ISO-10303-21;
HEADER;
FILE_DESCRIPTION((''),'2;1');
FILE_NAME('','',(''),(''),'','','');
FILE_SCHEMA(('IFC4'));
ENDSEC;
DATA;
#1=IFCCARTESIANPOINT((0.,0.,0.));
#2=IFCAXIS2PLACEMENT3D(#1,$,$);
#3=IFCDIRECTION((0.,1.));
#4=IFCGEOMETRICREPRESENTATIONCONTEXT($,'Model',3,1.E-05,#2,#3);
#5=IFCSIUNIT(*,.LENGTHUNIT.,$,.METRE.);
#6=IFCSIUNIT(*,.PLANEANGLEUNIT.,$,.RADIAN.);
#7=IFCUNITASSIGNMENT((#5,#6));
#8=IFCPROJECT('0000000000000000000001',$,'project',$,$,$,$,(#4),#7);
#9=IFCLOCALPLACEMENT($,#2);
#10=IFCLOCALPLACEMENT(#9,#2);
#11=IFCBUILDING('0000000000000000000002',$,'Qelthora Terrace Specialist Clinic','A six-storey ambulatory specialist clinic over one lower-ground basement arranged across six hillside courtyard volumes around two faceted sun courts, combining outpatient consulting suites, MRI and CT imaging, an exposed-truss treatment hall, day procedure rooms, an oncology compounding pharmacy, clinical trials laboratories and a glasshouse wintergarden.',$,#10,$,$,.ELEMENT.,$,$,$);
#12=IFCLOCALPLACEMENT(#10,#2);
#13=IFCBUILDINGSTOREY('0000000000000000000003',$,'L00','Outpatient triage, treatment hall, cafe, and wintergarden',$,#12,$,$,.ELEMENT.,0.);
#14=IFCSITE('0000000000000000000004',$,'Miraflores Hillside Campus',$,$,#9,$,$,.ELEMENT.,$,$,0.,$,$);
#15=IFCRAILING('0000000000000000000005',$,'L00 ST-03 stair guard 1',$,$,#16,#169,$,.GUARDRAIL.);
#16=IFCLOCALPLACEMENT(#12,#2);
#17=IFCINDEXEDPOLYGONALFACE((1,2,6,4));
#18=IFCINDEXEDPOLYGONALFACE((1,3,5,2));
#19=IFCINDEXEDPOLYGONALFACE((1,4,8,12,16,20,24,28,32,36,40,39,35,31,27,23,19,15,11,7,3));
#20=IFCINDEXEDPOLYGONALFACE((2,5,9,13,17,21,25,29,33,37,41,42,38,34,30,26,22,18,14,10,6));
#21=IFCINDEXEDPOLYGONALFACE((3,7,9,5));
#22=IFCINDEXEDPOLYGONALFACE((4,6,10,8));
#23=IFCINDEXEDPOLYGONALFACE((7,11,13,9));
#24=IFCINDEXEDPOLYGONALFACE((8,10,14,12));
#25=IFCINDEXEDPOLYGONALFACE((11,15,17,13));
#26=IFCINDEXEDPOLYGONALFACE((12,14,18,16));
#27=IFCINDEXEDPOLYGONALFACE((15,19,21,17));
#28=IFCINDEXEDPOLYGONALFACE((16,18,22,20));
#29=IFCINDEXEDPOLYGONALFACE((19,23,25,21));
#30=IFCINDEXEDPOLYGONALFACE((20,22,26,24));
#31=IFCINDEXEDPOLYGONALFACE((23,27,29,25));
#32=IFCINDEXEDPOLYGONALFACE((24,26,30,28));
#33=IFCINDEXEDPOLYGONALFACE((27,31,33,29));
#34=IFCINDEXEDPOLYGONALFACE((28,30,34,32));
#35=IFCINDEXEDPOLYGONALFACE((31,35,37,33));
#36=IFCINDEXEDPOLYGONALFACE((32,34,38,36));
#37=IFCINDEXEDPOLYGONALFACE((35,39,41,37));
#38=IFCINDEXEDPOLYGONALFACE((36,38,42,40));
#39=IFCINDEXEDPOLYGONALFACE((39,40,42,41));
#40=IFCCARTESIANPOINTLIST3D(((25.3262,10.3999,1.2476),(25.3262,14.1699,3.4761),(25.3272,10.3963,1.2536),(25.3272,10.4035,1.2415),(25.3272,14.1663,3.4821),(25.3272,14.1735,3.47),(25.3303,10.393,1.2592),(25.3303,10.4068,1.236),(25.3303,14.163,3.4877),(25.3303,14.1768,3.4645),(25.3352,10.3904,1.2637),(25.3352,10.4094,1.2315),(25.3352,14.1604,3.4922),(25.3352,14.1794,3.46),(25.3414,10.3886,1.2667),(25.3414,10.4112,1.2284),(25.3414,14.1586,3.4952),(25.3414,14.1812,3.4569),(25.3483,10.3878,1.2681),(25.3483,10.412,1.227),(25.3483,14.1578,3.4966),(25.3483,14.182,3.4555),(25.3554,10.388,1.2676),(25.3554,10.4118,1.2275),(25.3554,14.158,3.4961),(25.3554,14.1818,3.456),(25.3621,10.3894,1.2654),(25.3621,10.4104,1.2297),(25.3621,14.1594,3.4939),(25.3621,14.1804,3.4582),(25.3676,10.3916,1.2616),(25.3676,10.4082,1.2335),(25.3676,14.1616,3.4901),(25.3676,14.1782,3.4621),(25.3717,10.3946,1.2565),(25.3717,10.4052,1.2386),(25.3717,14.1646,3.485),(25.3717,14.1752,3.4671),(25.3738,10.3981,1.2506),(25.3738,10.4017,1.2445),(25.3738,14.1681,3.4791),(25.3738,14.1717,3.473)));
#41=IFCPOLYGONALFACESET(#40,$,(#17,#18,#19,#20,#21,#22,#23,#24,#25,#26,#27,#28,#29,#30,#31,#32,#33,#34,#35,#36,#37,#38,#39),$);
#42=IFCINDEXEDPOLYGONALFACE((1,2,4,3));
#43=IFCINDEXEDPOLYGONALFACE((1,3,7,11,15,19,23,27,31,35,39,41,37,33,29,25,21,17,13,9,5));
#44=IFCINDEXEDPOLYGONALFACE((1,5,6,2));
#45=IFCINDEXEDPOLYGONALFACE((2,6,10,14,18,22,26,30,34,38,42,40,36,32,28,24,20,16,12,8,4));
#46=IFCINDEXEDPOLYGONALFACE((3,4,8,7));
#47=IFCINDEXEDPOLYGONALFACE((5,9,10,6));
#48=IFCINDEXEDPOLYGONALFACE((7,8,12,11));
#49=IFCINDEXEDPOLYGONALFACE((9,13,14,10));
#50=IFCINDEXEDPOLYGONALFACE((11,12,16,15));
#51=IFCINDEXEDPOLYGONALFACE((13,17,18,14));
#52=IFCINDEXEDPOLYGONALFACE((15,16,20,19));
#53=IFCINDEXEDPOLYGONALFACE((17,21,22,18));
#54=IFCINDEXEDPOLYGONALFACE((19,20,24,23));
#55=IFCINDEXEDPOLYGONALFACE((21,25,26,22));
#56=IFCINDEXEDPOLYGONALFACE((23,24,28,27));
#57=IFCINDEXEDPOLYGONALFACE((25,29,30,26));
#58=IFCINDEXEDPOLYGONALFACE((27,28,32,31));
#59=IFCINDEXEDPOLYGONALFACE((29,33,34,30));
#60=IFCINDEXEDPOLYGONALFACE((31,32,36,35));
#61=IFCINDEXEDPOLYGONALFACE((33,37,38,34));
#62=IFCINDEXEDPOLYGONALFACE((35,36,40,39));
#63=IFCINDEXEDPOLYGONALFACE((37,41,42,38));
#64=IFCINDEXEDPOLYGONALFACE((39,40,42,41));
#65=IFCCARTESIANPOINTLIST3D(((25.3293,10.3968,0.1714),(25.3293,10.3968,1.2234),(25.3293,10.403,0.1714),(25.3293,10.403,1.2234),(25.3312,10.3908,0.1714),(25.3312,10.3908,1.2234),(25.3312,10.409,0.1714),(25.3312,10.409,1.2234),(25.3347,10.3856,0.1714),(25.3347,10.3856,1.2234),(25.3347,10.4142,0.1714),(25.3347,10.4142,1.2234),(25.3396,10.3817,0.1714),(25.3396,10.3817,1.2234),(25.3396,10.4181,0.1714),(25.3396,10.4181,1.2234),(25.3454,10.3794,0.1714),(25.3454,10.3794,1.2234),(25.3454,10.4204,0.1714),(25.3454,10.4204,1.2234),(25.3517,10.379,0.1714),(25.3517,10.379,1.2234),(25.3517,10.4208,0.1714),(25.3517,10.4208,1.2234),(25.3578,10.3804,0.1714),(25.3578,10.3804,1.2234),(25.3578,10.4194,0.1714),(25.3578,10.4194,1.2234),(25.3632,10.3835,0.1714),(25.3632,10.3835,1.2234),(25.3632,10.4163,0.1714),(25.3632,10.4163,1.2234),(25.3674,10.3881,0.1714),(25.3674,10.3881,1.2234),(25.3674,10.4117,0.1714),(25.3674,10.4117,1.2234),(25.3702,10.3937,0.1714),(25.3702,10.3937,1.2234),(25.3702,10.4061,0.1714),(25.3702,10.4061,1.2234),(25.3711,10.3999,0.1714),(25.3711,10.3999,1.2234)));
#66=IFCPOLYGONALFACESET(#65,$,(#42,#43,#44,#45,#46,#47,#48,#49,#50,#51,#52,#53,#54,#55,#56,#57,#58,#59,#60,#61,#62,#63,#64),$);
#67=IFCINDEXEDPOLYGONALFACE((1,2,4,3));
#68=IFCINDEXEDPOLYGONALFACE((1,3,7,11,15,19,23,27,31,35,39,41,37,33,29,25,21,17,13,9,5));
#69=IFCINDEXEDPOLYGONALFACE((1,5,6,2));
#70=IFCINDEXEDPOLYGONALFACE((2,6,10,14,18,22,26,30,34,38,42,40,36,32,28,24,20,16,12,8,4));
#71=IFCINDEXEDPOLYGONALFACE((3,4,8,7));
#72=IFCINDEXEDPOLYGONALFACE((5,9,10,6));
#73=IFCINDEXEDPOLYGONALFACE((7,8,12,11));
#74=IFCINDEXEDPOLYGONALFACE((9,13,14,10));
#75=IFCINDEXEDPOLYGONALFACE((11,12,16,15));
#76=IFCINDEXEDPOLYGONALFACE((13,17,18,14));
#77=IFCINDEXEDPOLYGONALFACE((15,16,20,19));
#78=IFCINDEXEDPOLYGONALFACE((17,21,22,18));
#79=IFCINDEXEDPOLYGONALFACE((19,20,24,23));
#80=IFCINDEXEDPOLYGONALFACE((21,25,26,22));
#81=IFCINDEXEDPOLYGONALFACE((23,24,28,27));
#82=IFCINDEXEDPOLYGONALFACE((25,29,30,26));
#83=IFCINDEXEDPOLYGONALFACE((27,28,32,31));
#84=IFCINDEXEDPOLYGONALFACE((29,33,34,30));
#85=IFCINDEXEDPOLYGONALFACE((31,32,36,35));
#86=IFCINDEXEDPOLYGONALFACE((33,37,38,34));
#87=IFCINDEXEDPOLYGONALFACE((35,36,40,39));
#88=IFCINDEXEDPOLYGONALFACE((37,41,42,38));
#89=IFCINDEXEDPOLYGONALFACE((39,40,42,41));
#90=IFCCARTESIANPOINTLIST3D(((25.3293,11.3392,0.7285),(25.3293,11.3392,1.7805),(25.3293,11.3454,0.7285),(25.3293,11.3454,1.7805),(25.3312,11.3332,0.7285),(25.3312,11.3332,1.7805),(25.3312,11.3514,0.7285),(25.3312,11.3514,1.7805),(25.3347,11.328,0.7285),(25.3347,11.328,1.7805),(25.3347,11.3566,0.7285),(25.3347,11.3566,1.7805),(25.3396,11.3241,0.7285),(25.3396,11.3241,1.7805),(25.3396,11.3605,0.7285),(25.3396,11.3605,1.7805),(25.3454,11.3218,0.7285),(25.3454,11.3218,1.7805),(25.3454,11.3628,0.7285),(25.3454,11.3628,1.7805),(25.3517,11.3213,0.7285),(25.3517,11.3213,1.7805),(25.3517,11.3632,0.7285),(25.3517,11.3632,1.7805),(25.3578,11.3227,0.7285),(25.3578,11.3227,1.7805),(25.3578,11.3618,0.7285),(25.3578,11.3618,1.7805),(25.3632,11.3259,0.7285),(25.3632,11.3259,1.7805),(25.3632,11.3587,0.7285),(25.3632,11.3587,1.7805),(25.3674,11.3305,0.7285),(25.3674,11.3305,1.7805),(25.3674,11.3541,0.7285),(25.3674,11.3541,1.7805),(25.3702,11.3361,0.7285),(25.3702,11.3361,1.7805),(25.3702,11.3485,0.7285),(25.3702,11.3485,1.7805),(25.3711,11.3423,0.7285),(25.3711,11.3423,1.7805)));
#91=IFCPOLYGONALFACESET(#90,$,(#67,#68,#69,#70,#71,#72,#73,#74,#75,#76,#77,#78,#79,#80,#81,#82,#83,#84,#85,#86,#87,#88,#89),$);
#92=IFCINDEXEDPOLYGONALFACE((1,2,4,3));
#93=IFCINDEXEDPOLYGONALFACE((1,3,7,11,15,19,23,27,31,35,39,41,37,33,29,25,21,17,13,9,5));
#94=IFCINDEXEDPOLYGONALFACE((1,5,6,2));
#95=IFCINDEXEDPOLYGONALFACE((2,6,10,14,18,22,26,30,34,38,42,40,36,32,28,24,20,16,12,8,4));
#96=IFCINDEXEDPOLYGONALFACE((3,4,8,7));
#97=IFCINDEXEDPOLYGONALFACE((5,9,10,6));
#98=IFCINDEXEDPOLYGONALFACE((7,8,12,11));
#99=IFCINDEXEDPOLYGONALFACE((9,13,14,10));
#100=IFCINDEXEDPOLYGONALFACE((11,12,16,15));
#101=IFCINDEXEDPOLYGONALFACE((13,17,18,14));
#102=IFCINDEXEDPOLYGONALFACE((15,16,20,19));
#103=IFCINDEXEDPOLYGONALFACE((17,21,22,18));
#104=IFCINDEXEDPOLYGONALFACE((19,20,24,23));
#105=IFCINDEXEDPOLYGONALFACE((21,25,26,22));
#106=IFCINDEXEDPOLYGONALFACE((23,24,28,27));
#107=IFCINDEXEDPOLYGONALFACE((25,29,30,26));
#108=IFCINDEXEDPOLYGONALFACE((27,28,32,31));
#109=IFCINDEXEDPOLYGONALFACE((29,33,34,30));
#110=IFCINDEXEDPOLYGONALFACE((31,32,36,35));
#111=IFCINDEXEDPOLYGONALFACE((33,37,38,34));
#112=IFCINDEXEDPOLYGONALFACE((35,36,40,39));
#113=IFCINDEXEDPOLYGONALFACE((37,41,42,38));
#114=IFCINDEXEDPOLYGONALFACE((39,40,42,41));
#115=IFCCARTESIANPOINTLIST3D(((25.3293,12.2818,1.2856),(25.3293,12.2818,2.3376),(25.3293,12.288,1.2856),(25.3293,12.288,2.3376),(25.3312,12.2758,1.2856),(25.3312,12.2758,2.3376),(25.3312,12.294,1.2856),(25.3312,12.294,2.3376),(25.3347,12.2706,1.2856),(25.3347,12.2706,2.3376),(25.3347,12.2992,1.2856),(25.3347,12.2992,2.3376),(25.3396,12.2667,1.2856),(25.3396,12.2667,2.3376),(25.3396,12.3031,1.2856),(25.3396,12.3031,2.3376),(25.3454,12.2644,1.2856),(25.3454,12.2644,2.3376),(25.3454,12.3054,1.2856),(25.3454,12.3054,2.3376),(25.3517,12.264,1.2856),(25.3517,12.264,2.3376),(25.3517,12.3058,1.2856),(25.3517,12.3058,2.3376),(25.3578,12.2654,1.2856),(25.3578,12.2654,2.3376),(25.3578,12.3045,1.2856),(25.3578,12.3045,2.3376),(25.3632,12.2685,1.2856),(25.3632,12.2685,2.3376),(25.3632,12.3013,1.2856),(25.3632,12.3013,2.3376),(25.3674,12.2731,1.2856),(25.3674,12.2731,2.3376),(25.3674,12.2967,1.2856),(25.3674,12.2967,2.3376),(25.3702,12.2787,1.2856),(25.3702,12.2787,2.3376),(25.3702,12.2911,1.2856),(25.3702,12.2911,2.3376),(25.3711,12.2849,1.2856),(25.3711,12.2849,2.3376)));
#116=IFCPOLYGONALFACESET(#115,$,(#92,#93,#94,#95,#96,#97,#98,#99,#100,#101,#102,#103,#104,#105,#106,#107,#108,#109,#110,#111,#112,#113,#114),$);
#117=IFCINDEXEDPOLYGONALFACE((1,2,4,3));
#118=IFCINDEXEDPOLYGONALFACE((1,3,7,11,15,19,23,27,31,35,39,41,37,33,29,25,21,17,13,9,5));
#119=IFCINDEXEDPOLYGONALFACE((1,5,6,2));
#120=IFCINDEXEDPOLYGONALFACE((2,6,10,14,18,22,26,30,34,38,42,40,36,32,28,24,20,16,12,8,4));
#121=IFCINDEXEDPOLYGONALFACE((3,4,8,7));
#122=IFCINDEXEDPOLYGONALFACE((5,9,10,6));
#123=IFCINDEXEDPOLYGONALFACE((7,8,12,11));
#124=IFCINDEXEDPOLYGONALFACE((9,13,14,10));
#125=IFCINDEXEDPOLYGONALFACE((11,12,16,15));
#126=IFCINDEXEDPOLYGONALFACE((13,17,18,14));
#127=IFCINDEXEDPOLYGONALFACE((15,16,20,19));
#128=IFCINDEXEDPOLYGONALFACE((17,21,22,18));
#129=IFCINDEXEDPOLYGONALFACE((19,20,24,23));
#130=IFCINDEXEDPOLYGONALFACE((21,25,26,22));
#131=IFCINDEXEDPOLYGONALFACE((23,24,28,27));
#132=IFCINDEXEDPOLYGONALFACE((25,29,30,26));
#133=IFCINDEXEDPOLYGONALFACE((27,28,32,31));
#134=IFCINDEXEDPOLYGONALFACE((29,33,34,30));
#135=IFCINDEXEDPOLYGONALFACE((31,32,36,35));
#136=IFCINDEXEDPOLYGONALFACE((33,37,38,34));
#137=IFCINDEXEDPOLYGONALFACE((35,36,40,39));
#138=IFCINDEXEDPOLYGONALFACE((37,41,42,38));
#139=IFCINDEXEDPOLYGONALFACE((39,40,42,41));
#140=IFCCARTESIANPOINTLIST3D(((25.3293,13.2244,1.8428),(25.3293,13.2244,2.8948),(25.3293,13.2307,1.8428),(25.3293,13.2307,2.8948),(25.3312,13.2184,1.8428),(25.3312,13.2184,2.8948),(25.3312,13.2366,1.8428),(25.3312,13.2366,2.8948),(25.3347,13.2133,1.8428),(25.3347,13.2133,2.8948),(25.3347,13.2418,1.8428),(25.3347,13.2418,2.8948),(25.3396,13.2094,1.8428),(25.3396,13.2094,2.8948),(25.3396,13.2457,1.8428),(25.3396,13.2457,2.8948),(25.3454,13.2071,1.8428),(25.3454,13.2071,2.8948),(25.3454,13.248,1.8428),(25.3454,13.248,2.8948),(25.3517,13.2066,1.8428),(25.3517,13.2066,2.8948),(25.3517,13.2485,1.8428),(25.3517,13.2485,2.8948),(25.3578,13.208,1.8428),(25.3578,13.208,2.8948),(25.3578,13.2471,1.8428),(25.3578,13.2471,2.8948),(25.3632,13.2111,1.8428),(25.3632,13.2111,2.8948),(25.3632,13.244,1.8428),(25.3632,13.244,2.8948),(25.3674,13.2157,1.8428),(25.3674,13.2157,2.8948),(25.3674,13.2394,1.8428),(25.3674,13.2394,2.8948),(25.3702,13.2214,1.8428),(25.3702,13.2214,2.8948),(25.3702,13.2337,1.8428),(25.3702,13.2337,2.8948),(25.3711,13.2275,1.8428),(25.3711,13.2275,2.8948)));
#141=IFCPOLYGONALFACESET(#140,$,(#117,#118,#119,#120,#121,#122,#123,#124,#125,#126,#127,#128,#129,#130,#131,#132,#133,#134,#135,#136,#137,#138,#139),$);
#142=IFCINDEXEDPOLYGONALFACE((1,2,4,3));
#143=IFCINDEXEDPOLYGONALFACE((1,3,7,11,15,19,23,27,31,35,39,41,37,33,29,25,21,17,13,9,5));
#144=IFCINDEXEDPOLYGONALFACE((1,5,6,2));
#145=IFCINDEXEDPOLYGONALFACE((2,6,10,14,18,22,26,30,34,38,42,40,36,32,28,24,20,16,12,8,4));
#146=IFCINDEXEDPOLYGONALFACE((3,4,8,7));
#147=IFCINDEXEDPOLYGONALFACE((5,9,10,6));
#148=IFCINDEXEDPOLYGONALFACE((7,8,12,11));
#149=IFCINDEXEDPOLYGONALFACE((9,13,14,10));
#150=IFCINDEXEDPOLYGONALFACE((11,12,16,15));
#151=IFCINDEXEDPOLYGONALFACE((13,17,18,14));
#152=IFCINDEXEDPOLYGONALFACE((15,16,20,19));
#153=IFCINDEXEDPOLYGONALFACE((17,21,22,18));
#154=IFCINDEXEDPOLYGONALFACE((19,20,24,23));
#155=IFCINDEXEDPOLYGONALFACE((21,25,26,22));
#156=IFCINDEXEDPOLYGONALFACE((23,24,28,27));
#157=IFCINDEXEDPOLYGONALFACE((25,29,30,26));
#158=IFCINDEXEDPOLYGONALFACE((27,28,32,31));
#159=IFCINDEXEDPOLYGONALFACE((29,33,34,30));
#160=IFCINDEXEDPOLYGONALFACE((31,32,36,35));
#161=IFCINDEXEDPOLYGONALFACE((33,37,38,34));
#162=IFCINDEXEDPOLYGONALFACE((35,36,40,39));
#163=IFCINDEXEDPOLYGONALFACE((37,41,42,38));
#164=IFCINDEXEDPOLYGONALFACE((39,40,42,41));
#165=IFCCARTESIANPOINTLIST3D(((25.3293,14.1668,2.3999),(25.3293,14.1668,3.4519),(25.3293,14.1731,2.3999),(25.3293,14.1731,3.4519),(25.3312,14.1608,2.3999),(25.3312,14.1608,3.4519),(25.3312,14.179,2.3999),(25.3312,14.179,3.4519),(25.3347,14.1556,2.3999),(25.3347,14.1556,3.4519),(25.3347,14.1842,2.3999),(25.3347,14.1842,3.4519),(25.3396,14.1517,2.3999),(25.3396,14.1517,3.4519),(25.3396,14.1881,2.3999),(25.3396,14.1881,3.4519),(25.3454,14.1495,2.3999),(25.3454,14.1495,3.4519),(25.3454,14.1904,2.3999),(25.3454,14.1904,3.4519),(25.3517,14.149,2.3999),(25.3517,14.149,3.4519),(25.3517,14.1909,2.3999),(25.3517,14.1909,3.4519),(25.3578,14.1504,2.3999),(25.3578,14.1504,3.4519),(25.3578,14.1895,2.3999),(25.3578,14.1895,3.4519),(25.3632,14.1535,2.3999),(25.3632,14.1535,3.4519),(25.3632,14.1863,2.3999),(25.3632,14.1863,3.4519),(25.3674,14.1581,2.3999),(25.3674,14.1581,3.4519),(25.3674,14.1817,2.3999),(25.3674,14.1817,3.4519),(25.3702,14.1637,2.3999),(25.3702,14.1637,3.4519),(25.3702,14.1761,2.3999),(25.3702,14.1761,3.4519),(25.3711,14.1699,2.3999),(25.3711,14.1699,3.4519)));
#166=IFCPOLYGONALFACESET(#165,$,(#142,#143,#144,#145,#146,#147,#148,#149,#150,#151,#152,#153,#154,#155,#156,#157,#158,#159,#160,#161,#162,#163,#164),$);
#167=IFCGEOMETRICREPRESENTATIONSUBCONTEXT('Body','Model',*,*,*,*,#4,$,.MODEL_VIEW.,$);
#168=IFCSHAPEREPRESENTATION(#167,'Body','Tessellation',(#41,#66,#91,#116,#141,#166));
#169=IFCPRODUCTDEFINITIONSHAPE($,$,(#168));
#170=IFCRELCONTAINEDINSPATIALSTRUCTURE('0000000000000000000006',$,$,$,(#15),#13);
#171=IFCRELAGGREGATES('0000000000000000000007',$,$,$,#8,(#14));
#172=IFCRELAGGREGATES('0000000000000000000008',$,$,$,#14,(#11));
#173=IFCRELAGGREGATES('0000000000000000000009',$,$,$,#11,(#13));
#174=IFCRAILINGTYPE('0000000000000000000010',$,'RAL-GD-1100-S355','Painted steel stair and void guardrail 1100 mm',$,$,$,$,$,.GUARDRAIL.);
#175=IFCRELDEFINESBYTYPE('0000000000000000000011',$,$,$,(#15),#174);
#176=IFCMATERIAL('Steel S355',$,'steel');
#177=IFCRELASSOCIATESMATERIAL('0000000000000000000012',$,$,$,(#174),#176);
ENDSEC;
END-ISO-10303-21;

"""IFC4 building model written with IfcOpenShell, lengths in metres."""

from ifc_helpers import new_model, si_unit, direction, frame, origin, origin_2d, place, context, subcontext, project, spatial, circle, extrude, material, type_object, element, save


model = new_model("IFC4")

# Units and contexts
model_context = context("Model", 3, precision=1e-05, world=origin(), true_north=direction((0.0, 1.0)))
body_context = subcontext(model_context, "Body", "Model", "MODEL_VIEW")
ifc_project = project(units=[si_unit("LENGTHUNIT", "METRE"), si_unit("PLANEANGLEUNIT", "RADIAN")], contexts=[model_context])

# Site, building, storey
site_placement = place(None, origin())
site = spatial("IfcSite", under=ifc_project, at=site_placement, Name="Miraflores Hillside Campus", CompositionType="ELEMENT", RefElevation=0.0)
building_placement = place(site_placement, origin())
building = spatial("IfcBuilding", under=site, at=building_placement, Name="Qelthora Terrace Specialist Clinic", Description="A six-storey ambulatory specialist clinic over one lower-ground basement arranged across six hillside courtyard volumes around two faceted sun courts, combining outpatient consulting suites, MRI and CT imaging, an exposed-truss treatment hall, day procedure rooms, an oncology compounding pharmacy, clinical trials laboratories and a glasshouse wintergarden.", CompositionType="ELEMENT")
storey_placement = place(building_placement, origin())
storey = spatial("IfcBuildingStorey", under=building, at=storey_placement, Name="L00", Description="Outpatient triage, treatment hall, cafe, and wintergarden", CompositionType="ELEMENT", Elevation=0.0)

# Shared definitions
ifc_material_1 = material(Name="Steel S355", Category="steel")

# Railing
railing_type_1 = type_object("IfcRailingType", Name="RAL-GD-1100-S355", Description="Painted steel stair and void guardrail 1100 mm", PredefinedType="GUARDRAIL", material=ifc_material_1)
railing_1_placement = place(storey_placement, frame((25.3501, 10.3999, 0.1714)))
element("IfcRailing", 1, at=railing_1_placement, inside=storey, type_object=railing_type_1, Name="L00 ST-03 stair guard 1", PredefinedType="GUARDRAIL", context=body_context, shape_type="SweptSolid", body=[
    extrude(circle(Radius=0.0239, at=origin_2d()), frame((0.0, 0.0, 1.0762), z_axis=(0.0, 0.860849, 0.508861), x_axis=(-1.0, 0.0, 0.0)), (0.0, 0.0, 1.0), 4.3794),
    extrude(circle(Radius=0.021, at=origin_2d()), origin(), (0.0, 0.0, 1.0), 1.052),
    extrude(circle(Radius=0.021, at=origin_2d()), frame((0.0, 0.9424, 0.5571)), (0.0, 0.0, 1.0), 1.052),
    extrude(circle(Radius=0.021, at=origin_2d()), frame((0.0, 1.885, 1.1143)), (0.0, 0.0, 1.0), 1.052),
    extrude(circle(Radius=0.021, at=origin_2d()), frame((0.0, 2.8276, 1.6714)), (0.0, 0.0, 1.0), 1.052),
    extrude(circle(Radius=0.021, at=origin_2d()), frame((0.0, 3.77, 2.2285)), (0.0, 0.0, 1.0), 1.052),
])

save(model, "model.ifc")
